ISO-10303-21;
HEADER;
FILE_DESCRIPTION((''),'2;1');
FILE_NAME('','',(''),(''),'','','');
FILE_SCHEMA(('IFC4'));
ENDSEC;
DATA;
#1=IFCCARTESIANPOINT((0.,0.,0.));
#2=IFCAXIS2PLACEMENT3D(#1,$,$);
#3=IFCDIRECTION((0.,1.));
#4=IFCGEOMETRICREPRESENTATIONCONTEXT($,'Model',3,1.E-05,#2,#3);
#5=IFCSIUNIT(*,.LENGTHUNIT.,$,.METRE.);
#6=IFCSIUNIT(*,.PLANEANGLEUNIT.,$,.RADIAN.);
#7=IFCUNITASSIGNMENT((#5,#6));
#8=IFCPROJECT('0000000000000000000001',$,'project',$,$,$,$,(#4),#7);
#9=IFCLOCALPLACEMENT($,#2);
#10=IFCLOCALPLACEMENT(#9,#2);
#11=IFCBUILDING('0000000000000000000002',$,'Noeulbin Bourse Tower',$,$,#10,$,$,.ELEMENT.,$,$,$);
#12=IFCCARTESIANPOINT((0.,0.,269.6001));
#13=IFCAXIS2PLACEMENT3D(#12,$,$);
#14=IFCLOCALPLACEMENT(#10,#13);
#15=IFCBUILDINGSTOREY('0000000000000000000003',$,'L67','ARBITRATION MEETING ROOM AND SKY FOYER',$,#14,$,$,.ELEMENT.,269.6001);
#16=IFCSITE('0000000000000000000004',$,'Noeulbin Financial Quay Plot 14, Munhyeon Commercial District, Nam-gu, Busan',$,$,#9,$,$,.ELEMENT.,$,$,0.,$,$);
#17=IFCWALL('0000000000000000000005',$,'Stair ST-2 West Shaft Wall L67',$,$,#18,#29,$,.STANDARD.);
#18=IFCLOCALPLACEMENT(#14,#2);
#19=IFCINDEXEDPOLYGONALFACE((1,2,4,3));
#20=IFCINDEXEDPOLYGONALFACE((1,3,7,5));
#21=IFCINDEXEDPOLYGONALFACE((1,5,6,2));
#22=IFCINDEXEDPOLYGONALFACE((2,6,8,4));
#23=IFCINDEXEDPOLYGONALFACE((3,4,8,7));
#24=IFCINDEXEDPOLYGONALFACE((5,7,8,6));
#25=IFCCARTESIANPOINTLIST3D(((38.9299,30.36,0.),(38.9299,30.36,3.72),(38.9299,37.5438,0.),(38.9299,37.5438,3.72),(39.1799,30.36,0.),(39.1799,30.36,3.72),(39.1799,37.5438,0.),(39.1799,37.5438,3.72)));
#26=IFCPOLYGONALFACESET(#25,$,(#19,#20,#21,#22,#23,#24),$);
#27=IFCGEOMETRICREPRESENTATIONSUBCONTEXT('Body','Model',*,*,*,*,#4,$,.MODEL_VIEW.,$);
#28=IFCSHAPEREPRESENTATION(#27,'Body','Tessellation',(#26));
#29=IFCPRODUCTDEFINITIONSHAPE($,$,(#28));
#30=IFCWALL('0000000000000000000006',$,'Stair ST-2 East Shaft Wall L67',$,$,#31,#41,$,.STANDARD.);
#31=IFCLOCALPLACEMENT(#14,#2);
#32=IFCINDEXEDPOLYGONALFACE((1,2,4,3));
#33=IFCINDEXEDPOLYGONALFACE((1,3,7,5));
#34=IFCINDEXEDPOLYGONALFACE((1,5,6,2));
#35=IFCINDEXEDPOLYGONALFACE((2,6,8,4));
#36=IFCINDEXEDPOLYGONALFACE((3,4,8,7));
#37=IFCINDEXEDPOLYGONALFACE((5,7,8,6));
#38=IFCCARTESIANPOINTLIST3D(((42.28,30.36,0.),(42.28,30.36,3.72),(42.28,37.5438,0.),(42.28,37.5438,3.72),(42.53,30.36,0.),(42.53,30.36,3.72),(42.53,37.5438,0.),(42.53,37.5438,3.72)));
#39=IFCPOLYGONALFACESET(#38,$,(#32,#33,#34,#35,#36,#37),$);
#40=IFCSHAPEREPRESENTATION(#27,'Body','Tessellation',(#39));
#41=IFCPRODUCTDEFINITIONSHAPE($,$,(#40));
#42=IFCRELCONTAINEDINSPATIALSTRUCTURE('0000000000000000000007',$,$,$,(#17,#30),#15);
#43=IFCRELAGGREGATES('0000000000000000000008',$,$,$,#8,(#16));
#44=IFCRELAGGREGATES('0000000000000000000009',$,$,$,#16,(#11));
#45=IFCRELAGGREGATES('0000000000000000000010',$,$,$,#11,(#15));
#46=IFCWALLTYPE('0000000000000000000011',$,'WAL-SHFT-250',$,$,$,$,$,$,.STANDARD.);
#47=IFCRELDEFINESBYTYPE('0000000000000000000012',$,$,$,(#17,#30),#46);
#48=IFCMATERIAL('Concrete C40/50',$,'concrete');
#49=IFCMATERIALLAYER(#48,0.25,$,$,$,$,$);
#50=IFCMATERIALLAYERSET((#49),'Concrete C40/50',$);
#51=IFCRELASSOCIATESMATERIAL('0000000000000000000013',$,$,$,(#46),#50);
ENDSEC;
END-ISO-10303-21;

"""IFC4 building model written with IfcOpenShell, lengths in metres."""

from ifc_helpers import new_model, si_unit, direction, frame, frame_2d, origin, place, context, subcontext, project, spatial, rectangle, extrude, material, layer, layer_set, type_object, element, save


model = new_model("IFC4")

# Units and contexts
model_context = context("Model", 3, precision=1e-05, world=origin(), true_north=direction((0.0, 1.0)))
body_context = subcontext(model_context, "Body", "Model", "MODEL_VIEW")
ifc_project = project(units=[si_unit("LENGTHUNIT", "METRE"), si_unit("PLANEANGLEUNIT", "RADIAN")], contexts=[model_context])

# Site, building, storey
site_placement = place(None, origin())
site = spatial("IfcSite", under=ifc_project, at=site_placement, Name="Noeulbin Financial Quay Plot 14, Munhyeon Commercial District, Nam-gu, Busan", CompositionType="ELEMENT", RefElevation=0.0)
building_placement = place(site_placement, origin())
building = spatial("IfcBuilding", under=site, at=building_placement, Name="Noeulbin Bourse Tower", CompositionType="ELEMENT")
storey_placement = place(building_placement, frame((0.0, 0.0, 269.6001)))
storey = spatial("IfcBuildingStorey", under=building, at=storey_placement, Name="L67", Description="ARBITRATION MEETING ROOM AND SKY FOYER", CompositionType="ELEMENT", Elevation=269.6001)

# Shared definitions
ifc_material_1 = material(Name="Concrete C40/50", Category="concrete")

# Shared definitions
ifc_layer_1 = layer(ifc_material_1, 0.25)
ifc_layer_set_1 = layer_set([ifc_layer_1], Name="Concrete C40/50")
wall_type_1 = type_object("IfcWallType", Name="WAL-SHFT-250", PredefinedType="STANDARD", material=ifc_layer_set_1)

# Walls
for number, where, z_axis, x_axis, name in (
    (1, (39.0549, 30.3601, 0.0), (0.0, 0.0, 1.0), (0.0, 1.0, 0.0), "Stair ST-2 West Shaft Wall L67"),
    (2, (42.405, 30.3601, 0.0), (0.0, 0.0, 1.0), (0.0, 1.0, 0.0), "Stair ST-2 East Shaft Wall L67"),
):
    element("IfcWall", number, at=place(storey_placement, frame(where, z_axis=z_axis, x_axis=x_axis)), inside=storey, type_object=wall_type_1, Name=name, PredefinedType="STANDARD", context=body_context, shape_type="SweptSolid", body=[
        extrude(rectangle(XDim=7.1838, YDim=0.25, at=frame_2d((3.5918, 0.0))), origin(), (0.0, 0.0, 1.0), 3.72),
    ])

save(model, "model.ifc")
